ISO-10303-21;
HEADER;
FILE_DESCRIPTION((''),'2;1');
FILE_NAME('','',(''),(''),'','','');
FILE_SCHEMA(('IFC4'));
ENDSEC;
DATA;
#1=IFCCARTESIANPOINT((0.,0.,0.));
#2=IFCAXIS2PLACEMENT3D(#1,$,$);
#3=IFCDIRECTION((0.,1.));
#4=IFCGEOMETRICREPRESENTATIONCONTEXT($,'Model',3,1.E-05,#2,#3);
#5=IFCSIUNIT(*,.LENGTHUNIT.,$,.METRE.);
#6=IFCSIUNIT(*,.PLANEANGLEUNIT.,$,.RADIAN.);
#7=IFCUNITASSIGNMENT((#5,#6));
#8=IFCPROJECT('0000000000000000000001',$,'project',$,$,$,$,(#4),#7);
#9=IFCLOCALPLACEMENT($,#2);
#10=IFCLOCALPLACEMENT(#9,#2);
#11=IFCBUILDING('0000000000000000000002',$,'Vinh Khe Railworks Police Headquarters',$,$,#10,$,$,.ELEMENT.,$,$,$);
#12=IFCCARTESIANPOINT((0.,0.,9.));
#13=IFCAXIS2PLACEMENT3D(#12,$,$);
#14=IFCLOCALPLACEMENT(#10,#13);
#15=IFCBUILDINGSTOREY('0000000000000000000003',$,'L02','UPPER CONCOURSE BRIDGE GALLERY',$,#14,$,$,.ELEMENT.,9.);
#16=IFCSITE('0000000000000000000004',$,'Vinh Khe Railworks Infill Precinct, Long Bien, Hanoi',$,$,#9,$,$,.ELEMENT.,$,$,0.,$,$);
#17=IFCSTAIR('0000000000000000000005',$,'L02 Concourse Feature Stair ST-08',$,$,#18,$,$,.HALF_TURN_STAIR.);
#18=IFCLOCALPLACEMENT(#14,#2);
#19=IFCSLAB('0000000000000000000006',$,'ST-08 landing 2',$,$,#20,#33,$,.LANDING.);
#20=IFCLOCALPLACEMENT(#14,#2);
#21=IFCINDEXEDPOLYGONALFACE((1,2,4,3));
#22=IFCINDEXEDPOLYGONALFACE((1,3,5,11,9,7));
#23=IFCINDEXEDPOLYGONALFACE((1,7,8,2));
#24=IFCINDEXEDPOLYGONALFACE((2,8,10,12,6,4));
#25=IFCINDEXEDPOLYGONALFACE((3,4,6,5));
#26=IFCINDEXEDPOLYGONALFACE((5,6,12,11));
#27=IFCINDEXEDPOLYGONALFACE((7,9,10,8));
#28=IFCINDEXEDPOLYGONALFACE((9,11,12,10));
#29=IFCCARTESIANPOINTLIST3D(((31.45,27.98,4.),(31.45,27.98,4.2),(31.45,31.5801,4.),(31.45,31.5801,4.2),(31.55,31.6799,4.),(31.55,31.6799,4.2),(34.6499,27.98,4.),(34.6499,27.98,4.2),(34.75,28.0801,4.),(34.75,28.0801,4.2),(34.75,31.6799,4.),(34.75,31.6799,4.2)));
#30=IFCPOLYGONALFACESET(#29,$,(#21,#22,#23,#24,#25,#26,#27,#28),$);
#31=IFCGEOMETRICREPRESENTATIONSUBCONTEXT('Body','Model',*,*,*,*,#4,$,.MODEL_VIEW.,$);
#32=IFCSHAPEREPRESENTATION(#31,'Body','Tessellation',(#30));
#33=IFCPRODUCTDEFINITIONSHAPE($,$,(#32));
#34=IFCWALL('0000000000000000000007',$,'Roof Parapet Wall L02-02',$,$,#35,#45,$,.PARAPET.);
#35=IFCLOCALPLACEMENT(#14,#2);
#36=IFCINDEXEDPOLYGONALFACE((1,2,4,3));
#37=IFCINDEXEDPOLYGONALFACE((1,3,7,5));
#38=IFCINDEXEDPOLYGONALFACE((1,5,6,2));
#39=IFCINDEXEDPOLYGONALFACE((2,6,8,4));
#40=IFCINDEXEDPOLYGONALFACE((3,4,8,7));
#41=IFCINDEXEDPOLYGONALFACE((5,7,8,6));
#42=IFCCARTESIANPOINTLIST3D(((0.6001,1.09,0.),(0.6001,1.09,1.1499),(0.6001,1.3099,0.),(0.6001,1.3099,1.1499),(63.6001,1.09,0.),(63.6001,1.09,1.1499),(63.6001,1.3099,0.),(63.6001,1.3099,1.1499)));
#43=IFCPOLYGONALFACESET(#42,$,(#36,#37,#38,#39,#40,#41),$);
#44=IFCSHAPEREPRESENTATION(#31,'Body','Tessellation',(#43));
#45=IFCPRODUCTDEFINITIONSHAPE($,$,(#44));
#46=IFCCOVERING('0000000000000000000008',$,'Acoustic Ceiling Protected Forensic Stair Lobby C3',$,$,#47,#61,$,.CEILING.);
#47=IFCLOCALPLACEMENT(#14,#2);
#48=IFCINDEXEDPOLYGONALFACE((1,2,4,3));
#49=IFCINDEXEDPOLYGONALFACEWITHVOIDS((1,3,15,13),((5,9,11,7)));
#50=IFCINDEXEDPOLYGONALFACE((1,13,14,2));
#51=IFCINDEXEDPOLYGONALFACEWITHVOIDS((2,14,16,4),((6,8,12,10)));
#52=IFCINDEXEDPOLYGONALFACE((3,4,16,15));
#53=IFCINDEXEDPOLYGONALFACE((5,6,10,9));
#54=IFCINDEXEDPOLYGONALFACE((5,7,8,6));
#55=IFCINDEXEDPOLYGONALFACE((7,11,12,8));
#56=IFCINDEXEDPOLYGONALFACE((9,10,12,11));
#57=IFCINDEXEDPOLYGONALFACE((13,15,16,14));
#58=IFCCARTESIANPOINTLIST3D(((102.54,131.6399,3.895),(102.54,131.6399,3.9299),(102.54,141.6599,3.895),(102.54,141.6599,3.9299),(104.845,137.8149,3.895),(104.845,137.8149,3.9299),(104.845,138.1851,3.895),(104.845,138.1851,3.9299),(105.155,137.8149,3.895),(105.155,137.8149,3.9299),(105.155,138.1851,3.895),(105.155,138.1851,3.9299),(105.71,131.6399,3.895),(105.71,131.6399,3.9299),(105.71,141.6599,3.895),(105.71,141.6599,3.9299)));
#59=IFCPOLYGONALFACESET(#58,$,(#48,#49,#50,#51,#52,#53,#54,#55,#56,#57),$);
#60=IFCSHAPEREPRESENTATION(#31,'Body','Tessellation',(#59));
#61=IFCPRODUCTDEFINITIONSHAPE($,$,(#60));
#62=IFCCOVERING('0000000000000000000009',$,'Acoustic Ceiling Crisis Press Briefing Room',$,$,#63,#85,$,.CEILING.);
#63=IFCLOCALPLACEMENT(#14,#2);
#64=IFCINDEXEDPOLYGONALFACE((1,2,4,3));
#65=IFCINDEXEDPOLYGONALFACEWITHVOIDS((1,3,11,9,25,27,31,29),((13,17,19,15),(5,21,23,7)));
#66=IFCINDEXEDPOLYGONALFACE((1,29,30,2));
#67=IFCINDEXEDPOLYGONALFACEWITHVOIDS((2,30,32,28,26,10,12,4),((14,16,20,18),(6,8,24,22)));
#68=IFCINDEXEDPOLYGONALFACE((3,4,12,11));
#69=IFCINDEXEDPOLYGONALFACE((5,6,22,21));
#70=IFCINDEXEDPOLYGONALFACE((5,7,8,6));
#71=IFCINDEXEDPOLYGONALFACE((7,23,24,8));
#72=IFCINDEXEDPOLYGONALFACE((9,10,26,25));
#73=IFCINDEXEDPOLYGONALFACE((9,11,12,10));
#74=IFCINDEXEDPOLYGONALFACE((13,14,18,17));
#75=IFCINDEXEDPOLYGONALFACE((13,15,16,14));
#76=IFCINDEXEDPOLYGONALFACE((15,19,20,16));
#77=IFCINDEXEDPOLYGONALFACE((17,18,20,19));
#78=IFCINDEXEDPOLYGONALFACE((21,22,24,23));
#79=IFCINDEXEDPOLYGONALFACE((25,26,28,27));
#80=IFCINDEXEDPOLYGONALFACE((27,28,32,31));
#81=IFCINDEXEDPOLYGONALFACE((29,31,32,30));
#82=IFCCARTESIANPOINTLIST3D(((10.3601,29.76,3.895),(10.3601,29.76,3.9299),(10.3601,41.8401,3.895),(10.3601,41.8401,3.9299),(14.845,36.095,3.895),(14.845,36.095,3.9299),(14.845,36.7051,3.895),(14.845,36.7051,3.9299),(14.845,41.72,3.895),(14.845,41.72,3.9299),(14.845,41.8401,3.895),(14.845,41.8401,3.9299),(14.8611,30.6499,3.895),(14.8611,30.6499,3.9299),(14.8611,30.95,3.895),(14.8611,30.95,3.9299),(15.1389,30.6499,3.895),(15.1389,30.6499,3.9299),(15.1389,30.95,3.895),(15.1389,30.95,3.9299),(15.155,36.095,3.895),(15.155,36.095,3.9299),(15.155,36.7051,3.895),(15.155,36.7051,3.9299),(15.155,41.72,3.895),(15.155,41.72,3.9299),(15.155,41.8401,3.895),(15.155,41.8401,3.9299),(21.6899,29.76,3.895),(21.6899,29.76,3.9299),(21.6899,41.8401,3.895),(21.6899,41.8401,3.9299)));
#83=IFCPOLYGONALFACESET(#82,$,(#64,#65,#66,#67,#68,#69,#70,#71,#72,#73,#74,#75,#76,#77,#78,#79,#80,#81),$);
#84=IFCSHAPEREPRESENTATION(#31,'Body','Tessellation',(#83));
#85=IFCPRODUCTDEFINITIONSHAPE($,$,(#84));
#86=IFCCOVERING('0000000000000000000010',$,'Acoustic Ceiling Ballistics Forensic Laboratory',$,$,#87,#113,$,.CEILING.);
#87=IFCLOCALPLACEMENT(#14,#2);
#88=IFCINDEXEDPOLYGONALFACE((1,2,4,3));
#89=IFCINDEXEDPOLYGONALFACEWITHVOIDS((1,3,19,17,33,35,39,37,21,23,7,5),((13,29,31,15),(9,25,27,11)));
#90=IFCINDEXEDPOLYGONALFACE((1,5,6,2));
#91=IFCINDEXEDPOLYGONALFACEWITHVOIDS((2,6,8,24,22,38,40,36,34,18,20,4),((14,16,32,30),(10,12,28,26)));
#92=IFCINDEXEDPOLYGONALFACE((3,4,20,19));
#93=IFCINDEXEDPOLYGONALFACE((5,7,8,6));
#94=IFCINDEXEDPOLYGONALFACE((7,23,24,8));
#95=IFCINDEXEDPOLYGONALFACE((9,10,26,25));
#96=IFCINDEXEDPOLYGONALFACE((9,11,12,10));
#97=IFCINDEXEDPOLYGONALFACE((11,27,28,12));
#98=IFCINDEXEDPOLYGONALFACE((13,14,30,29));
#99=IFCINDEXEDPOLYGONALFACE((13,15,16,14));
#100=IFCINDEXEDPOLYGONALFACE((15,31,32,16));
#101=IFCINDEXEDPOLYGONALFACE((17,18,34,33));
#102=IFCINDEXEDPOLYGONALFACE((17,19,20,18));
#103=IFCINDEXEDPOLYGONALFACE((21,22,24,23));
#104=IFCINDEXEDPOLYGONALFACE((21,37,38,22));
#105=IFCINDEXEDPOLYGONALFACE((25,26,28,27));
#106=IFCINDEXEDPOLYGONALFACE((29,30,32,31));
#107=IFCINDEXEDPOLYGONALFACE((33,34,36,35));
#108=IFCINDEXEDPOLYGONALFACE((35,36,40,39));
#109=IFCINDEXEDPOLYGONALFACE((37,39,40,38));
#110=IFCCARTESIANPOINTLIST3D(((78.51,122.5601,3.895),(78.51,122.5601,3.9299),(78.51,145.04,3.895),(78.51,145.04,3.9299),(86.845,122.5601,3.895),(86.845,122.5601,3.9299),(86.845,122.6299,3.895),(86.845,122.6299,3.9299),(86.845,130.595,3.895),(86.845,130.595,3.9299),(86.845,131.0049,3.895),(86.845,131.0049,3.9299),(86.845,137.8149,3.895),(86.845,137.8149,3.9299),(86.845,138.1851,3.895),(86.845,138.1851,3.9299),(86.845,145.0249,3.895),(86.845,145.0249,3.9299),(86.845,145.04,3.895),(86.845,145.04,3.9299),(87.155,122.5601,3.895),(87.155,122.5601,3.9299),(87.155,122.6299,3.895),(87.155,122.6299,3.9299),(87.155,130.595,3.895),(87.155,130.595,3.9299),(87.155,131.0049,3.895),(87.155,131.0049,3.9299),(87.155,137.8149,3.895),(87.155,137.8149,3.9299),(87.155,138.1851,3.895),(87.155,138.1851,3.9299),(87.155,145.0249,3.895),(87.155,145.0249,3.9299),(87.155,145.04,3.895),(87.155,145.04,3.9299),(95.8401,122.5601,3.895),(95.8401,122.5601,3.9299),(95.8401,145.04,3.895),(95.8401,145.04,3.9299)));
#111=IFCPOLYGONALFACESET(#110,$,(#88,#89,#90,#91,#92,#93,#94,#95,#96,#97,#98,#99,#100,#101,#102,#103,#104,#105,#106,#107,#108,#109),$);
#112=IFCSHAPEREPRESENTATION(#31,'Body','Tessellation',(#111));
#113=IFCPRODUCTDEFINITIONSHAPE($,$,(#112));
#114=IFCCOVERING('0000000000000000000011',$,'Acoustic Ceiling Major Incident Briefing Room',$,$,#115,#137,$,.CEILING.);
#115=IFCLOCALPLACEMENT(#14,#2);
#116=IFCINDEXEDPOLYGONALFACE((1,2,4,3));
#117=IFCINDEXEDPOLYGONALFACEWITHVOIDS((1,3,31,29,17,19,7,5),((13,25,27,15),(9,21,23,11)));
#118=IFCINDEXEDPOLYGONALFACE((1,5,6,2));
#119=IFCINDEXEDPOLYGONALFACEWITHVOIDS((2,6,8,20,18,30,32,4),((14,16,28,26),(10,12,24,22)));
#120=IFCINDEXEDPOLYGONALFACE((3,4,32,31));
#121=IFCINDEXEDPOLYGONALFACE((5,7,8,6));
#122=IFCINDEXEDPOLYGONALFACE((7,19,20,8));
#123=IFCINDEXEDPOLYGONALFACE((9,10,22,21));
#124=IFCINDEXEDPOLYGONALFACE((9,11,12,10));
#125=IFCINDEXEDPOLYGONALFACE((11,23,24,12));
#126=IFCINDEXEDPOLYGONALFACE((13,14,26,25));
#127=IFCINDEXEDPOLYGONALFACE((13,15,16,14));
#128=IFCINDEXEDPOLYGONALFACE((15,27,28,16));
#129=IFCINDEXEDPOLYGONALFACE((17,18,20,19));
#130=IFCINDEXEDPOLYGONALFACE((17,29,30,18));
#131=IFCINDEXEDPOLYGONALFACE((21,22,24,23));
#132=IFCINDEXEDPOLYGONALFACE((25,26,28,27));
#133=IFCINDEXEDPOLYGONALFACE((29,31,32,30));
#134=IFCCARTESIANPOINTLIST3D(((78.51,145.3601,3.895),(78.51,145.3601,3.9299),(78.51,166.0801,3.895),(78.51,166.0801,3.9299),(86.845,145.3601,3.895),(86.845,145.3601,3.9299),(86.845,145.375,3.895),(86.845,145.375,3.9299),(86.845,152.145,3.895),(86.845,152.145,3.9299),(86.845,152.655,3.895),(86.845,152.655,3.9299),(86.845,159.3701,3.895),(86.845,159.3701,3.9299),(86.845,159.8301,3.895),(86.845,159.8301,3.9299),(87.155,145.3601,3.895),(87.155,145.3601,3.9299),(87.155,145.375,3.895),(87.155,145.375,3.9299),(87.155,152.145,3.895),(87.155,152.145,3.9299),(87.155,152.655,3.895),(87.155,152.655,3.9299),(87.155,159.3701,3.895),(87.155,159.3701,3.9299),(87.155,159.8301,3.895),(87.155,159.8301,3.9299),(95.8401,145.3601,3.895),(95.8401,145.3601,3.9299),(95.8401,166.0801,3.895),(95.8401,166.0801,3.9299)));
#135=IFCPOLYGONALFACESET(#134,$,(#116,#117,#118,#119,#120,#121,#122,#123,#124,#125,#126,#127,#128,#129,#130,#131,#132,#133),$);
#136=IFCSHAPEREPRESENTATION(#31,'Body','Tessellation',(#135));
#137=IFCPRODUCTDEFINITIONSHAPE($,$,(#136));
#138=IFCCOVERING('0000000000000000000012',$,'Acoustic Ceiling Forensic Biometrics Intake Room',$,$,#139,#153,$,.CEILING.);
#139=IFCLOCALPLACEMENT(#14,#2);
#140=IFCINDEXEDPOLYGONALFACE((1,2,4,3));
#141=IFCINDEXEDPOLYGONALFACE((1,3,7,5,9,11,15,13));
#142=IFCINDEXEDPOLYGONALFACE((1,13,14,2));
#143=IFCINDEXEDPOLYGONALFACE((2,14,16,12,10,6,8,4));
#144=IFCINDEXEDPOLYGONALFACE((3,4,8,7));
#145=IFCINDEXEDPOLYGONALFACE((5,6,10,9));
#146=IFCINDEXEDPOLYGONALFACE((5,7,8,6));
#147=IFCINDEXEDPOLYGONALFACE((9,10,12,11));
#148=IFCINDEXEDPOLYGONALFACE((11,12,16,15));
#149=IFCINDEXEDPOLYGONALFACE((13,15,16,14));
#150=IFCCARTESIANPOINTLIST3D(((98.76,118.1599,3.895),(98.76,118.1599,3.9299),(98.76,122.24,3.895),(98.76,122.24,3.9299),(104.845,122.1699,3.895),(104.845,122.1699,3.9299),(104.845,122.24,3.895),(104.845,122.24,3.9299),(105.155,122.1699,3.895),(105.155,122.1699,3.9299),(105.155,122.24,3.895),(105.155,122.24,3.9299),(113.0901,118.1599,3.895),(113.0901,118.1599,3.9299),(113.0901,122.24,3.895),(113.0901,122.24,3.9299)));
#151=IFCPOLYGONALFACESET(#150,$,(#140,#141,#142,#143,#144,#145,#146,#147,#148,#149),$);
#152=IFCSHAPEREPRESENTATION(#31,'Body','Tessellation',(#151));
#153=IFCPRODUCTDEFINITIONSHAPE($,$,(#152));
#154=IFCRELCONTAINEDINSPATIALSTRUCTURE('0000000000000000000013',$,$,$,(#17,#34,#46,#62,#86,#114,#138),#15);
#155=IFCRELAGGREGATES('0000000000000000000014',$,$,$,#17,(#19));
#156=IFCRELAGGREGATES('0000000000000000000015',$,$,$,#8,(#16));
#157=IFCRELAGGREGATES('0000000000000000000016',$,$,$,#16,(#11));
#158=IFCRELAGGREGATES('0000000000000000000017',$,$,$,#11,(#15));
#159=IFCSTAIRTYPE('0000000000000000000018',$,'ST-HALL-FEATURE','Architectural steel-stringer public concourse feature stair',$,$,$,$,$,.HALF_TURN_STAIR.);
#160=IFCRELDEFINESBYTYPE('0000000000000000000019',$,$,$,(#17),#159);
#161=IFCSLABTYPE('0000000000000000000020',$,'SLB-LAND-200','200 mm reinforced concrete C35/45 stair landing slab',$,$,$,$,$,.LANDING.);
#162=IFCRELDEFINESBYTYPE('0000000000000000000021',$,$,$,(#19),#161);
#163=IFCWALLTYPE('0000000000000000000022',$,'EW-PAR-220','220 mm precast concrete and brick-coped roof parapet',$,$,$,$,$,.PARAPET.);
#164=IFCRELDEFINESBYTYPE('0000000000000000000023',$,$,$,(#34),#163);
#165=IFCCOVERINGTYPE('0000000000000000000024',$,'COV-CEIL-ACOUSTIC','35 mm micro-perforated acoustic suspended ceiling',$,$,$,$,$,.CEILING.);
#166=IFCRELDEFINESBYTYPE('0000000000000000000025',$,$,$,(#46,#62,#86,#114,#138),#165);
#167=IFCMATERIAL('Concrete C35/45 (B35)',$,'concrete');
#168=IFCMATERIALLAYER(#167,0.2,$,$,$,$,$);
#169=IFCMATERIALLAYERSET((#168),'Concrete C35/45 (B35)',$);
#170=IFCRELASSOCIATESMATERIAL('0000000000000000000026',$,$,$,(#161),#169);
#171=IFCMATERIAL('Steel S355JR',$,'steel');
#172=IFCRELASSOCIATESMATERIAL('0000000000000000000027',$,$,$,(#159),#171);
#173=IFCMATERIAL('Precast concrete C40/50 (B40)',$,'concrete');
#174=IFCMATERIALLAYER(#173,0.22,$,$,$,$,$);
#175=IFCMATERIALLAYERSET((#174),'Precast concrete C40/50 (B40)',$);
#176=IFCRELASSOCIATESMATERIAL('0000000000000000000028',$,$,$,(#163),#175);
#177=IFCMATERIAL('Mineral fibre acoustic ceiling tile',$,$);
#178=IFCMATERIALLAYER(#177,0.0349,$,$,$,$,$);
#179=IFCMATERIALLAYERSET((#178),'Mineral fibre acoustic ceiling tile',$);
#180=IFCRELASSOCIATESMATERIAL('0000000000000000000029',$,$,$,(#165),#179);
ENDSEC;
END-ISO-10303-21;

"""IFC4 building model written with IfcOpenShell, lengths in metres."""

from ifc_helpers import new_model, si_unit, direction, frame, frame_2d, origin, place, context, subcontext, project, spatial, polyline, rectangle, outline, extrude, material, layer, layer_set, type_object, element, aggregate, save


model = new_model("IFC4")

# Units and contexts
model_context = context("Model", 3, precision=1e-05, world=origin(), true_north=direction((0.0, 1.0)))
body_context = subcontext(model_context, "Body", "Model", "MODEL_VIEW")
ifc_project = project(units=[si_unit("LENGTHUNIT", "METRE"), si_unit("PLANEANGLEUNIT", "RADIAN")], contexts=[model_context])

# Site, building, storey
site_placement = place(None, origin())
site = spatial("IfcSite", under=ifc_project, at=site_placement, Name="Vinh Khe Railworks Infill Precinct, Long Bien, Hanoi", CompositionType="ELEMENT", RefElevation=0.0)
building_placement = place(site_placement, origin())
building = spatial("IfcBuilding", under=site, at=building_placement, Name="Vinh Khe Railworks Police Headquarters", CompositionType="ELEMENT")
storey_placement = place(building_placement, frame((0.0, 0.0, 9.0)))
storey = spatial("IfcBuildingStorey", under=building, at=storey_placement, Name="L02", Description="UPPER CONCOURSE BRIDGE GALLERY", CompositionType="ELEMENT", Elevation=9.0)

# Shared definitions
ifc_material_1 = material(Name="Steel S355JR", Category="steel")

# Stair, slab
ifc_material_2 = material(Name="Precast concrete C40/50 (B40)", Category="concrete")
ifc_material_3 = material(Name="Concrete C35/45 (B35)", Category="concrete")
ifc_layer_1 = layer(ifc_material_3, 0.2)
ifc_layer_set_1 = layer_set([ifc_layer_1], Name="Concrete C35/45 (B35)")
slab_type = type_object("IfcSlabType", Name="SLB-LAND-200", Description="200 mm reinforced concrete C35/45 stair landing slab", PredefinedType="LANDING", material=ifc_layer_set_1)
stair_type_1 = type_object("IfcStairType", Name="ST-HALL-FEATURE", Description="Architectural steel-stringer public concourse feature stair", PredefinedType="HALF_TURN_STAIR", material=ifc_material_1)
stair_1_placement = place(storey_placement, origin())
stair_1 = element("IfcStair", 1, at=stair_1_placement, inside=storey, type_object=stair_type_1, Name="L02 Concourse Feature Stair ST-08", PredefinedType="HALF_TURN_STAIR")
slab_1_placement = place(storey_placement, frame((0.0, 0.0, 4.0)))
slab_1 = element("IfcSlab", 2, at=slab_1_placement, type_object=slab_type, Name="ST-08 landing 2", PredefinedType="LANDING", context=body_context, shape_type="SweptSolid", body=[
    extrude(outline(polyline([(31.45, 27.98), (34.6499, 27.98), (34.75, 28.0801), (34.75, 31.6799), (31.55, 31.6799), (31.45, 31.5801), (31.45, 27.98)])), origin(), (0.0, 0.0, 1.0), 0.2),
])
aggregate(stair_1, [slab_1])

# Wall
ifc_layer_2 = layer(ifc_material_2, 0.22)
ifc_layer_set_2 = layer_set([ifc_layer_2], Name="Precast concrete C40/50 (B40)")
wall_type = type_object("IfcWallType", Name="EW-PAR-220", Description="220 mm precast concrete and brick-coped roof parapet", PredefinedType="PARAPET", material=ifc_layer_set_2)
wall_placement = place(storey_placement, frame((0.6001, 1.2, 0.0), z_axis=(0.0, 0.0, 1.0), x_axis=(1.0, 0.0, 0.0)))
element("IfcWall", 3, at=wall_placement, inside=storey, type_object=wall_type, Name="Roof Parapet Wall L02-02", PredefinedType="PARAPET", context=body_context, shape_type="SweptSolid", body=[
    extrude(rectangle(XDim=63.0, YDim=0.22, at=frame_2d((31.5, 0.0))), origin(), (0.0, 0.0, 1.0), 1.1499),
])

# Coverings
ifc_material_4 = material(Name="Mineral fibre acoustic ceiling tile")
ifc_layer_3 = layer(ifc_material_4, 0.0349)
ifc_layer_set_3 = layer_set([ifc_layer_3], Name="Mineral fibre acoustic ceiling tile")
covering_type = type_object("IfcCoveringType", Name="COV-CEIL-ACOUSTIC", Description="35 mm micro-perforated acoustic suspended ceiling", PredefinedType="CEILING", material=ifc_layer_set_3)
covering_1_placement = place(storey_placement, frame((0.0, 0.0, 3.895)))
element("IfcCovering", 4, at=covering_1_placement, inside=storey, type_object=covering_type, Name="Acoustic Ceiling Protected Forensic Stair Lobby C3", PredefinedType="CEILING", context=body_context, shape_type="SweptSolid", body=[
    extrude(outline(polyline([(105.71, 141.6599), (102.54, 141.6599), (102.54, 131.6399), (105.71, 131.6399), (105.71, 141.6599)]), holes=[polyline([(105.155, 137.8149), (104.845, 137.8149), (104.845, 138.1851), (105.155, 138.1851), (105.155, 137.8149)])]), origin(), (0.0, 0.0, 1.0), 0.0349),
])
covering_2_placement = place(storey_placement, frame((0.0, 0.0, 3.895)))
element("IfcCovering", 5, at=covering_2_placement, inside=storey, type_object=covering_type, Name="Acoustic Ceiling Crisis Press Briefing Room", PredefinedType="CEILING", context=body_context, shape_type="SweptSolid", body=[
    extrude(outline(polyline([(21.6899, 29.76), (21.6899, 41.8401), (15.155, 41.8401), (15.155, 41.72), (14.845, 41.72), (14.845, 41.8401), (10.3601, 41.8401), (10.3601, 29.76), (21.6899, 29.76)]), holes=[polyline([(15.1389, 30.6499), (14.8611, 30.6499), (14.8611, 30.95), (15.1389, 30.95), (15.1389, 30.6499)]), polyline([(15.155, 36.095), (14.845, 36.095), (14.845, 36.7051), (15.155, 36.7051), (15.155, 36.095)])]), origin(), (0.0, 0.0, 1.0), 0.0349),
])
covering_3_placement = place(storey_placement, frame((0.0, 0.0, 3.895)))
element("IfcCovering", 6, at=covering_3_placement, inside=storey, type_object=covering_type, Name="Acoustic Ceiling Ballistics Forensic Laboratory", PredefinedType="CEILING", context=body_context, shape_type="SweptSolid", body=[
    extrude(outline(polyline([(87.155, 122.5601), (95.8401, 122.5601), (95.8401, 145.04), (87.155, 145.04), (87.155, 145.0249), (86.845, 145.0249), (86.845, 145.04), (78.51, 145.04), (78.51, 122.5601), (86.845, 122.5601), (86.845, 122.6299), (87.155, 122.6299), (87.155, 122.5601)]), holes=[polyline([(87.155, 130.595), (86.845, 130.595), (86.845, 131.0049), (87.155, 131.0049), (87.155, 130.595)]), polyline([(87.155, 137.8149), (86.845, 137.8149), (86.845, 138.1851), (87.155, 138.1851), (87.155, 137.8149)])]), origin(), (0.0, 0.0, 1.0), 0.0349),
])
covering_4_placement = place(storey_placement, frame((0.0, 0.0, 3.895)))
element("IfcCovering", 7, at=covering_4_placement, inside=storey, type_object=covering_type, Name="Acoustic Ceiling Major Incident Briefing Room", PredefinedType="CEILING", context=body_context, shape_type="SweptSolid", body=[
    extrude(outline(polyline([(95.8401, 145.3601), (95.8401, 166.0801), (78.51, 166.0801), (78.51, 145.3601), (86.845, 145.3601), (86.845, 145.375), (87.155, 145.375), (87.155, 145.3601), (95.8401, 145.3601)]), holes=[polyline([(87.155, 152.145), (86.845, 152.145), (86.845, 152.655), (87.155, 152.655), (87.155, 152.145)]), polyline([(87.155, 159.3701), (86.845, 159.3701), (86.845, 159.8301), (87.155, 159.8301), (87.155, 159.3701)])]), origin(), (0.0, 0.0, 1.0), 0.0349),
])
covering_5_placement = place(storey_placement, frame((0.0, 0.0, 3.895)))
element("IfcCovering", 8, at=covering_5_placement, inside=storey, type_object=covering_type, Name="Acoustic Ceiling Forensic Biometrics Intake Room", PredefinedType="CEILING", context=body_context, shape_type="SweptSolid", body=[
    extrude(outline(polyline([(113.0901, 118.1599), (113.0901, 122.24), (105.155, 122.24), (105.155, 122.1699), (104.845, 122.1699), (104.845, 122.24), (98.76, 122.24), (98.76, 118.1599), (113.0901, 118.1599)])), origin(), (0.0, 0.0, 1.0), 0.0349),
])

save(model, "model.ifc")
